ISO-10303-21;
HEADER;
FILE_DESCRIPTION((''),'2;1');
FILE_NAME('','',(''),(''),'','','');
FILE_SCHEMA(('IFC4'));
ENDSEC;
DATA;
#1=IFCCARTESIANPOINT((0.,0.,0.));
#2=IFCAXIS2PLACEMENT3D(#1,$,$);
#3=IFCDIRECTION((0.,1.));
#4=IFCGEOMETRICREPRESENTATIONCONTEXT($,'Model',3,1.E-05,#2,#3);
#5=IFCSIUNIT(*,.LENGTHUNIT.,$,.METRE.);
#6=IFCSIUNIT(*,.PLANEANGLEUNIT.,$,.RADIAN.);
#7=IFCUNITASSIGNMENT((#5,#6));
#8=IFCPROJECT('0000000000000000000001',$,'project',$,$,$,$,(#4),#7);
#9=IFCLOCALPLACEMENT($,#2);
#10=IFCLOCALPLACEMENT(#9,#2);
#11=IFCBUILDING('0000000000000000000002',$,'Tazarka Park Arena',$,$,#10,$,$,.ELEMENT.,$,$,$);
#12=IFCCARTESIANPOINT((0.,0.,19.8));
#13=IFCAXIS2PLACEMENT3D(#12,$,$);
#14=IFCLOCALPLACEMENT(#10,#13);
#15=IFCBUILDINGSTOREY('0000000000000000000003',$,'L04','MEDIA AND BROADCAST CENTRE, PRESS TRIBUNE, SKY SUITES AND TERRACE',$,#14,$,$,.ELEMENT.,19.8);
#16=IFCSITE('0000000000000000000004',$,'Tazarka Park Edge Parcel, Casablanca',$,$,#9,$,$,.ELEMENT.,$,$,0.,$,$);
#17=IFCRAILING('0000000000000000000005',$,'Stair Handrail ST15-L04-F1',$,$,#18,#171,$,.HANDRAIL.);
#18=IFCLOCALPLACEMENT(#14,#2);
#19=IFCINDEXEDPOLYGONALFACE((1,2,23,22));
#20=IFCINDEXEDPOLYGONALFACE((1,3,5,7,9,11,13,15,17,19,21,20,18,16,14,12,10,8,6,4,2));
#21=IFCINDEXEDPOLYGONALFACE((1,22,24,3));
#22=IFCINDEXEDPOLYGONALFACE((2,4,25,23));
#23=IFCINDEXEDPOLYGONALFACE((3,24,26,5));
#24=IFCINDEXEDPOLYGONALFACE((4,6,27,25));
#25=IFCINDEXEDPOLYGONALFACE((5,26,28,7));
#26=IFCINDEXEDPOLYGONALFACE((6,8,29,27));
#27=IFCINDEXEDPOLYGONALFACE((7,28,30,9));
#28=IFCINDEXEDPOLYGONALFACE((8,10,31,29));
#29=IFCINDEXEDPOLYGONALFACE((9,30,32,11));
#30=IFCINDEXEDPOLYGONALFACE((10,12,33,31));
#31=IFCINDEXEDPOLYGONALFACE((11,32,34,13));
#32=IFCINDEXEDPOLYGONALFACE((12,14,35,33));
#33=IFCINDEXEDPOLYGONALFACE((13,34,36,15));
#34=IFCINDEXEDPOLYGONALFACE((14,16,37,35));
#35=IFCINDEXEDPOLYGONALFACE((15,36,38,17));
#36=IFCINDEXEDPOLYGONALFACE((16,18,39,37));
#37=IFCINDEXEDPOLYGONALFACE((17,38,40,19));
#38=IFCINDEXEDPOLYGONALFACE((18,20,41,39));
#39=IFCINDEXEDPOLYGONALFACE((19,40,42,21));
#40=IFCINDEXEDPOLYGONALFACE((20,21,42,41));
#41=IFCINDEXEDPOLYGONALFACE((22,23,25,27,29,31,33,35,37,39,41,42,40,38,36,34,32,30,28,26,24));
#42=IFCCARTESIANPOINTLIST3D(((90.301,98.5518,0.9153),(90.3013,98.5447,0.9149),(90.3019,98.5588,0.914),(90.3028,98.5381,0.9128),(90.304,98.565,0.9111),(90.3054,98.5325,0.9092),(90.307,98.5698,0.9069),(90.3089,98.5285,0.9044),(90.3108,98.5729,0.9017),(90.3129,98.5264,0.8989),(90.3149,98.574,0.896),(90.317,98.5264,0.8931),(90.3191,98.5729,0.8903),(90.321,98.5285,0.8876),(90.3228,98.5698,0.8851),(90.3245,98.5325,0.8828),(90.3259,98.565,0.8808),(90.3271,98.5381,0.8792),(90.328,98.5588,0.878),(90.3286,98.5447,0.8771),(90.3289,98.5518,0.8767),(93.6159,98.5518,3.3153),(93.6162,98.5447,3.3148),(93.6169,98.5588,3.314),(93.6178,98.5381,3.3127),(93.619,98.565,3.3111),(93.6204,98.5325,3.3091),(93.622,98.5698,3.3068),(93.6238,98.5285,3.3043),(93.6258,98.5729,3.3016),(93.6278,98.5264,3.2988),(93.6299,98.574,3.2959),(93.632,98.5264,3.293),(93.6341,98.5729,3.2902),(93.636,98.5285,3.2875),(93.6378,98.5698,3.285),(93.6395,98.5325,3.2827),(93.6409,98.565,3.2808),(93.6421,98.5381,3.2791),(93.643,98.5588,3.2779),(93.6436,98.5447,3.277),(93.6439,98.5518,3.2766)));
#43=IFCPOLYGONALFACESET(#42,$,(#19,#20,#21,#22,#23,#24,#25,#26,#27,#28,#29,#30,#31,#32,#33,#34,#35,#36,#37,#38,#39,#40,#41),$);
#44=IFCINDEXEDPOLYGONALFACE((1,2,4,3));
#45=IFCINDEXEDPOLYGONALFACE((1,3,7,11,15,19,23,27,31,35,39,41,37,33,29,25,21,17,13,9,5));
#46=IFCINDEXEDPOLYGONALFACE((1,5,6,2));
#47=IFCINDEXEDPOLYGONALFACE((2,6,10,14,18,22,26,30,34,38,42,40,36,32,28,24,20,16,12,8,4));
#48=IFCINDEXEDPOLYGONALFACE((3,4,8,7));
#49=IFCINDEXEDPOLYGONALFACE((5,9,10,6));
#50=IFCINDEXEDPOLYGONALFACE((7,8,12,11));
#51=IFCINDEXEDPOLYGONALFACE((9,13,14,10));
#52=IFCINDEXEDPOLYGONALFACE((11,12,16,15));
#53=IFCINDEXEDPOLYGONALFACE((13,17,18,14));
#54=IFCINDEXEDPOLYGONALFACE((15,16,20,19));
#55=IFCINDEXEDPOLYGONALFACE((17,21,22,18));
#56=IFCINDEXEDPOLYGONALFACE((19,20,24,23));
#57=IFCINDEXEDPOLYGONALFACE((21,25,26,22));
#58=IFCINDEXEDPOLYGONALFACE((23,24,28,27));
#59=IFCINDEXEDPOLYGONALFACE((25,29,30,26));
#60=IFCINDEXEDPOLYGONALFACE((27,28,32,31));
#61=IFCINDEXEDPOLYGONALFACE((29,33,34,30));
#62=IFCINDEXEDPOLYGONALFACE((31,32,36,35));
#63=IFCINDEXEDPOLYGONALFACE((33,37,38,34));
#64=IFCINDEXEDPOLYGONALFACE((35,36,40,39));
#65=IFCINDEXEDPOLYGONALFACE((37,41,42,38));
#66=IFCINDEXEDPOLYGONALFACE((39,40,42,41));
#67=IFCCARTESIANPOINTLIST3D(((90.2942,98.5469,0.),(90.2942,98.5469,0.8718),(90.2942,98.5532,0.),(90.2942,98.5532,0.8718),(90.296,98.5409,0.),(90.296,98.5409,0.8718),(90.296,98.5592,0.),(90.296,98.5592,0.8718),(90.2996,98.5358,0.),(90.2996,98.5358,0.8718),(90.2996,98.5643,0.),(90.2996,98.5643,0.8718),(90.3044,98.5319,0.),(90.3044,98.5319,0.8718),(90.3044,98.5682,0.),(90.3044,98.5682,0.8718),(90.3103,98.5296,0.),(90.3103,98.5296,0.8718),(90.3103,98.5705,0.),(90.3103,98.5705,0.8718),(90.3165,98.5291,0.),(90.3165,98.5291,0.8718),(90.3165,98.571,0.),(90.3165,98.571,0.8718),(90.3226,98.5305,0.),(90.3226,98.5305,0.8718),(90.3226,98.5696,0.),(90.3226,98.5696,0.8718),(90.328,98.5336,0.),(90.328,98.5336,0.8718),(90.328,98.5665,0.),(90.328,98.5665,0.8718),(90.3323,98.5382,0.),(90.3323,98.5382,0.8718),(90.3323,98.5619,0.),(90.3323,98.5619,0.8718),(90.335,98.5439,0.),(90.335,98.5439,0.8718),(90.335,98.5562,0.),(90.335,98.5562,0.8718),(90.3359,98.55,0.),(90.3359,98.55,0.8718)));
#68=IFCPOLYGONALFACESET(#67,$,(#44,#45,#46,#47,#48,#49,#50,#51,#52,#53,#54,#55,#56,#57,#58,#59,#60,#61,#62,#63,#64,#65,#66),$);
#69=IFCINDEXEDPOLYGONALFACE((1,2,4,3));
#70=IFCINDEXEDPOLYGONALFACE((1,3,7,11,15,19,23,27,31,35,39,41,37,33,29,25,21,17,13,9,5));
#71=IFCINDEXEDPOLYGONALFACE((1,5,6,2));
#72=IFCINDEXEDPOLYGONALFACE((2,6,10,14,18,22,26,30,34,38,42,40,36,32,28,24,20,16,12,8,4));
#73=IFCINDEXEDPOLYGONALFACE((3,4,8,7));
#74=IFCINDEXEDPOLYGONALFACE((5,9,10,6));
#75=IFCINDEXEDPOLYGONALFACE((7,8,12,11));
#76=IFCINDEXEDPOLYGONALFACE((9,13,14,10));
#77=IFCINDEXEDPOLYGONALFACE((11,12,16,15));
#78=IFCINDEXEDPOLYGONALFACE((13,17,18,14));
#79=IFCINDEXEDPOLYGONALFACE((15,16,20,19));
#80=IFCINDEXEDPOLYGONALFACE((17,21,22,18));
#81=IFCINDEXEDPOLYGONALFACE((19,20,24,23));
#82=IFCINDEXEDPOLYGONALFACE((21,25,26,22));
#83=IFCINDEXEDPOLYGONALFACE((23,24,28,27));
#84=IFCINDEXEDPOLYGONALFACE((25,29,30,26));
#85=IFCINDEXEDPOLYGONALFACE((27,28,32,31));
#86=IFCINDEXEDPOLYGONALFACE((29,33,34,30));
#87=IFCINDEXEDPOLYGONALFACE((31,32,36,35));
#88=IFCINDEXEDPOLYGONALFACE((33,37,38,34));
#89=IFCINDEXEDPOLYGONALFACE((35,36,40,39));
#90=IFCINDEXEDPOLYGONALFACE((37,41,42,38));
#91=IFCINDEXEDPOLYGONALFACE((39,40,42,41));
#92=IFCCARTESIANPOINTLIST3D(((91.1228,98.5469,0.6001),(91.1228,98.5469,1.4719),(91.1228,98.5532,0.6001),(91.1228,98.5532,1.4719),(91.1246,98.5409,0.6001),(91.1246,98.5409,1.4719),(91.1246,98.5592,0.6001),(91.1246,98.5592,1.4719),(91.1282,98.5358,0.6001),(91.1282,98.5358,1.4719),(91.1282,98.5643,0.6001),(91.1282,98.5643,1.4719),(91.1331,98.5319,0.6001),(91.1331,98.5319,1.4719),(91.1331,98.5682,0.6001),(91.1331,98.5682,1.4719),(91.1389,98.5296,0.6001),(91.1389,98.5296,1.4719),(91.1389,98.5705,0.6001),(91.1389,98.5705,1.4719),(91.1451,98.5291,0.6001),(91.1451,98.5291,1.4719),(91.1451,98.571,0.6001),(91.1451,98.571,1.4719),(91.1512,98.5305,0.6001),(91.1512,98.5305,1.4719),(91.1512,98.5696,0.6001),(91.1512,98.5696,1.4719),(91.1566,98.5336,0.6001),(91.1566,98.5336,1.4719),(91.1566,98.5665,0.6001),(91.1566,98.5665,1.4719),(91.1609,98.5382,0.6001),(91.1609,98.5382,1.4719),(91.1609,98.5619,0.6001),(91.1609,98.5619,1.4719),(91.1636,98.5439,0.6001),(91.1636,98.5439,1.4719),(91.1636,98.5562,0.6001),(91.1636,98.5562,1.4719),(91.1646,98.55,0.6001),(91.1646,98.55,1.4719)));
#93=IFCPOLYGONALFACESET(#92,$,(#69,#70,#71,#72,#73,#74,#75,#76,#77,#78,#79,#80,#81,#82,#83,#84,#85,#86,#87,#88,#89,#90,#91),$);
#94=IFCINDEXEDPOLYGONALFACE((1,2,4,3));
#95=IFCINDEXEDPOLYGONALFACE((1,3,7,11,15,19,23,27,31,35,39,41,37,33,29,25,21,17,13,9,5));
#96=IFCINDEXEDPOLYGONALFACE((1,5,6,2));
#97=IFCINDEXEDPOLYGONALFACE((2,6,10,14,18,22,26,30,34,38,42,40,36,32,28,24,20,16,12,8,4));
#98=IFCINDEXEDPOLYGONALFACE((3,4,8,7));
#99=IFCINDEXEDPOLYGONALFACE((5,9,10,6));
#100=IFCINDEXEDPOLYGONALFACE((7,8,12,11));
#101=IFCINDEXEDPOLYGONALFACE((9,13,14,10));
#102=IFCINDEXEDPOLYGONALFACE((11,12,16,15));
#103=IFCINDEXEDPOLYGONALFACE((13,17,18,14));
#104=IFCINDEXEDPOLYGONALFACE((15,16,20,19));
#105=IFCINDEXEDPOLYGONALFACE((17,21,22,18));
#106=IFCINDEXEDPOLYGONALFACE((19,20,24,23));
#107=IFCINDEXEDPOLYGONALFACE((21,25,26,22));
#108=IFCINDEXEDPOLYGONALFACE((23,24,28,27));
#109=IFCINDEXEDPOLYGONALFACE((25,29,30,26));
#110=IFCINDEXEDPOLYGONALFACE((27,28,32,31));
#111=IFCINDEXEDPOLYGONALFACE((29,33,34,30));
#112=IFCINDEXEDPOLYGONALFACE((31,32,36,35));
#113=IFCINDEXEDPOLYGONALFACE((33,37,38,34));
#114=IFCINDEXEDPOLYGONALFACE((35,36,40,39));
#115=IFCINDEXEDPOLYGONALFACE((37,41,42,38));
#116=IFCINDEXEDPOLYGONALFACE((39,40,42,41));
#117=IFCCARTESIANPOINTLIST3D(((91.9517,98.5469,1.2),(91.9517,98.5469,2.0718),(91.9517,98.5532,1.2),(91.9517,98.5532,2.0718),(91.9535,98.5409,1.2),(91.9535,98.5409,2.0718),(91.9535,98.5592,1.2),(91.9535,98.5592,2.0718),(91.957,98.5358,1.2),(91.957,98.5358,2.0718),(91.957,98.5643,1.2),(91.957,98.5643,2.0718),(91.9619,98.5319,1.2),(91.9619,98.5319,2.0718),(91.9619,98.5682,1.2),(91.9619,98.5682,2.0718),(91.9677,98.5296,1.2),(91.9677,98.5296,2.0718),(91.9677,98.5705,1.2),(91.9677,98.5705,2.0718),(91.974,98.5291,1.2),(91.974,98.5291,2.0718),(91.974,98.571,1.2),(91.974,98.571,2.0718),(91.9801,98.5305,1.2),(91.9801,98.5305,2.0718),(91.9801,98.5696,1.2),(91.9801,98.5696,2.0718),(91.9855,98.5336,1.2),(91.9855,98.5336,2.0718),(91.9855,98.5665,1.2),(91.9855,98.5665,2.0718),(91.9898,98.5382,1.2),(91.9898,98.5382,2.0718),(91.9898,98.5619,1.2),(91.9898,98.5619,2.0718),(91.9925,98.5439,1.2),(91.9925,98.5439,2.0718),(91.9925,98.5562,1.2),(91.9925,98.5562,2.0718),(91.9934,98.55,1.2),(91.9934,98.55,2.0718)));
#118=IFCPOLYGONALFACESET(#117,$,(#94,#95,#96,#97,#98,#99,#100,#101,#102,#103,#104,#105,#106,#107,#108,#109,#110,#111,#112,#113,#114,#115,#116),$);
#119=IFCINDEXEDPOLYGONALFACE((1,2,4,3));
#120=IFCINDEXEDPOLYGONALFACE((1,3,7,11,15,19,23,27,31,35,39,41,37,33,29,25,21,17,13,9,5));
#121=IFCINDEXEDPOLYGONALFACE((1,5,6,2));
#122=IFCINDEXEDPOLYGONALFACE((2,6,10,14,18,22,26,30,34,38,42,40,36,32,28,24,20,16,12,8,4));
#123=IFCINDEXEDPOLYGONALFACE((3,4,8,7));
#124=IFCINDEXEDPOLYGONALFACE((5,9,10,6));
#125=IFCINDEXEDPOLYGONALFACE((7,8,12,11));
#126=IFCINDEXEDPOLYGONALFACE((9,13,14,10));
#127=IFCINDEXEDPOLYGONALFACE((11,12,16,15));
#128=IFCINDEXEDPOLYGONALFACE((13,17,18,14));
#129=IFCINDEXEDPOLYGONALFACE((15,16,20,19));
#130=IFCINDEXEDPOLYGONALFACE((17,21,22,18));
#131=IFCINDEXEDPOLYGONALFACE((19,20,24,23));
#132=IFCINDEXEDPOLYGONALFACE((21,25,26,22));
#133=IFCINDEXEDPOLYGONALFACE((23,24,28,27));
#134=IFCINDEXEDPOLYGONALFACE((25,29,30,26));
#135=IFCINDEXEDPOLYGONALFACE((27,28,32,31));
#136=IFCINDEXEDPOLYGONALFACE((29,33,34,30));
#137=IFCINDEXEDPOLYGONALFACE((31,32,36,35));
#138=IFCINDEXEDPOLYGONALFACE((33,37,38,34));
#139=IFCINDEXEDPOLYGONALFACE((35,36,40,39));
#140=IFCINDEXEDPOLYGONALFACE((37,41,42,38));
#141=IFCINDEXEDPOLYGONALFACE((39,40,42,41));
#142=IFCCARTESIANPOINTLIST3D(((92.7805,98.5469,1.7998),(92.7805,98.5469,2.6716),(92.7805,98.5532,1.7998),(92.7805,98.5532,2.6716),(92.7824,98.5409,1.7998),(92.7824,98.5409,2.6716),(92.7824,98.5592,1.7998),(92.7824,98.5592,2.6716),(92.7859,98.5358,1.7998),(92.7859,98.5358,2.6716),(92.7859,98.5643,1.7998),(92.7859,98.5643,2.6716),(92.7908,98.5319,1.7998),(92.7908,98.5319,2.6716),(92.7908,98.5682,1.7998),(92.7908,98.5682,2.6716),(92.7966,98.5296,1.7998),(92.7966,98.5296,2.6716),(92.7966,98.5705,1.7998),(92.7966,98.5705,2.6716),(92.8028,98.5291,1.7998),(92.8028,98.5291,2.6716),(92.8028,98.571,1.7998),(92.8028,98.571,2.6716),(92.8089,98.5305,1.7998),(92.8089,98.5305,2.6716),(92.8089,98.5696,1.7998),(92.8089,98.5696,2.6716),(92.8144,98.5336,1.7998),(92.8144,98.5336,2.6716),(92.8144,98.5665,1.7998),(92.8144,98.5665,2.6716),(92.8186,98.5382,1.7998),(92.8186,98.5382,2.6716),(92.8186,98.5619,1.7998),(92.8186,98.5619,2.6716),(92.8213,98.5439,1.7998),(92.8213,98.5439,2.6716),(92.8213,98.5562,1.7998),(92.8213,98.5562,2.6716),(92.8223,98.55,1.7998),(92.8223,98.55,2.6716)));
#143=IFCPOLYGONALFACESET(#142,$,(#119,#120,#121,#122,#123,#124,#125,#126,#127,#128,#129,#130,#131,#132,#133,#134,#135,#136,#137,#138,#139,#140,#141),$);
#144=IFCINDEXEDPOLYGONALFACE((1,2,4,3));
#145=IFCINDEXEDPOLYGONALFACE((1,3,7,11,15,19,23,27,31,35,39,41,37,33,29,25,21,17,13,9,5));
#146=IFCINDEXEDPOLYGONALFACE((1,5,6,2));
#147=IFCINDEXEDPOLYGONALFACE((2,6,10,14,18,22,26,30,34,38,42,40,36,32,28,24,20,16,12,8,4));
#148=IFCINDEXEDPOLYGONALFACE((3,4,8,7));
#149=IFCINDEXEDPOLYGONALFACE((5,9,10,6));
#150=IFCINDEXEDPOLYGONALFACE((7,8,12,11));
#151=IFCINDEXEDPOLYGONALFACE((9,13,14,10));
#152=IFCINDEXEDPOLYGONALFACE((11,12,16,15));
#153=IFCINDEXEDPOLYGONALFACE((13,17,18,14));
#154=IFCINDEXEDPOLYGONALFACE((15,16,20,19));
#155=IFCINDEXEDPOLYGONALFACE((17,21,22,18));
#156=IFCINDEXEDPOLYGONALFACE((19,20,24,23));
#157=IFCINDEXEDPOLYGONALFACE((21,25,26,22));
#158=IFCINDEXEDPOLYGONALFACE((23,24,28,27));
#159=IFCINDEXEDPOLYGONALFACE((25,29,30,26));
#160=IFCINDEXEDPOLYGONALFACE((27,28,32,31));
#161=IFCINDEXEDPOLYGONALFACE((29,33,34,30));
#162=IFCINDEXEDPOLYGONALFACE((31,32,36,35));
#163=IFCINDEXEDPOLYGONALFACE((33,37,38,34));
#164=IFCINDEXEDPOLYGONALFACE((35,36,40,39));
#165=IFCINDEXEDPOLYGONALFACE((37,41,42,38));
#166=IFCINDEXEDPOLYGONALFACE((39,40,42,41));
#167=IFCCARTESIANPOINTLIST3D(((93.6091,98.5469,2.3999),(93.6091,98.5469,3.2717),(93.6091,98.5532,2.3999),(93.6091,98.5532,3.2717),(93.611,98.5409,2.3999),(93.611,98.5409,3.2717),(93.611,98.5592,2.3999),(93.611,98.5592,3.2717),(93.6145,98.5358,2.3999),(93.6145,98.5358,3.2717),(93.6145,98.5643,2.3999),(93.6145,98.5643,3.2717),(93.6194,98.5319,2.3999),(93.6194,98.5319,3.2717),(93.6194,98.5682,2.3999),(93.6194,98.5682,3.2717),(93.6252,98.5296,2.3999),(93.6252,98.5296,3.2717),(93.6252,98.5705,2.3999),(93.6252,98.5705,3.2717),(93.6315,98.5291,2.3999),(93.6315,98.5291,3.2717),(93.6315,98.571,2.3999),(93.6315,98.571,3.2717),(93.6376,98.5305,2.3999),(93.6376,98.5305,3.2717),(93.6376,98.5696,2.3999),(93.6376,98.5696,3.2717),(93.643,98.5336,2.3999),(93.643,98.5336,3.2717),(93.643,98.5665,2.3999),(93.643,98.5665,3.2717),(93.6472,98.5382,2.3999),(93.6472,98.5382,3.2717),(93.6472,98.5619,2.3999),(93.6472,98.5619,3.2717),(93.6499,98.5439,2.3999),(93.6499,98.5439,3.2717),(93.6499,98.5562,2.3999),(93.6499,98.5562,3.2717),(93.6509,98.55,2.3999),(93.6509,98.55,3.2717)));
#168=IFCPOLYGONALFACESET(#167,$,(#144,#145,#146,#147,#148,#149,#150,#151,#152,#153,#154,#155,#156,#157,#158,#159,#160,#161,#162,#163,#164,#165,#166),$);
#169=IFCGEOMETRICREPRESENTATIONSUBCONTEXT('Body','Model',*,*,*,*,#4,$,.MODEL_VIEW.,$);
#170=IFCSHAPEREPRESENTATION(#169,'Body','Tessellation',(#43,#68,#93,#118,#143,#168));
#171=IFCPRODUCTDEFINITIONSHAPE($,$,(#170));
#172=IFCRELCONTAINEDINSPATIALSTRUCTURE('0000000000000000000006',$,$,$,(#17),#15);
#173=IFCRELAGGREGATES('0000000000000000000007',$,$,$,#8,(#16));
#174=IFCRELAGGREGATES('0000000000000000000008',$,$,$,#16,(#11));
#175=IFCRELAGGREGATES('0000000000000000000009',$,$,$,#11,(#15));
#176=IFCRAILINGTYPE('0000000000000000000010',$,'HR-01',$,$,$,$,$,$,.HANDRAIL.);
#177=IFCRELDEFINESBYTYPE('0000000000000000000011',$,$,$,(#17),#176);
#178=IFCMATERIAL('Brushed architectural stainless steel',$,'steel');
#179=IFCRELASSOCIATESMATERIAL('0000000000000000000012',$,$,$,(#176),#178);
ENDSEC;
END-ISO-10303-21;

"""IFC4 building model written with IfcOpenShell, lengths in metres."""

from ifc_helpers import new_model, si_unit, direction, frame, origin, origin_2d, place, context, subcontext, project, spatial, circle, extrude, material, type_object, element, save


model = new_model("IFC4")

# Units and contexts
model_context = context("Model", 3, precision=1e-05, world=origin(), true_north=direction((0.0, 1.0)))
body_context = subcontext(model_context, "Body", "Model", "MODEL_VIEW")
ifc_project = project(units=[si_unit("LENGTHUNIT", "METRE"), si_unit("PLANEANGLEUNIT", "RADIAN")], contexts=[model_context])

# Site, building, storey
site_placement = place(None, origin())
site = spatial("IfcSite", under=ifc_project, at=site_placement, Name="Tazarka Park Edge Parcel, Casablanca", CompositionType="ELEMENT", RefElevation=0.0)
building_placement = place(site_placement, origin())
building = spatial("IfcBuilding", under=site, at=building_placement, Name="Tazarka Park Arena", CompositionType="ELEMENT")
storey_placement = place(building_placement, frame((0.0, 0.0, 19.8)))
storey = spatial("IfcBuildingStorey", under=building, at=storey_placement, Name="L04", Description="MEDIA AND BROADCAST CENTRE, PRESS TRIBUNE, SKY SUITES AND TERRACE", CompositionType="ELEMENT", Elevation=19.8)

# Railing
ifc_material_1 = material(Name="Brushed architectural stainless steel", Category="steel")
railing_type = type_object("IfcRailingType", Name="HR-01", PredefinedType="HANDRAIL", material=ifc_material_1)
railing_placement = place(storey_placement, frame((90.3149, 98.55, 0.0)))
element("IfcRailing", 1, at=railing_placement, inside=storey, type_object=railing_type, Name="Stair Handrail ST15-L04-F1", PredefinedType="HANDRAIL", context=body_context, shape_type="SweptSolid", body=[
    extrude(circle(Radius=0.0239, at=origin_2d()), frame((0.0, 0.0, 0.896), z_axis=(0.810009, 0.0, 0.586418), x_axis=(0.0, 1.0, 0.0)), (0.0, 0.0, 1.0), 4.0925),
    extrude(circle(Radius=0.021, at=origin_2d()), origin(), (0.0, 0.0, 1.0), 0.8718),
    extrude(circle(Radius=0.021, at=origin_2d()), frame((0.8286, 0.0, 0.6001)), (0.0, 0.0, 1.0), 0.8718),
    extrude(circle(Radius=0.021, at=origin_2d()), frame((1.6575, 0.0, 1.2)), (0.0, 0.0, 1.0), 0.8718),
    extrude(circle(Radius=0.021, at=origin_2d()), frame((2.4863, 0.0, 1.7998)), (0.0, 0.0, 1.0), 0.8718),
    extrude(circle(Radius=0.021, at=origin_2d()), frame((3.3149, 0.0, 2.3999)), (0.0, 0.0, 1.0), 0.8718),
])

save(model, "model.ifc")
